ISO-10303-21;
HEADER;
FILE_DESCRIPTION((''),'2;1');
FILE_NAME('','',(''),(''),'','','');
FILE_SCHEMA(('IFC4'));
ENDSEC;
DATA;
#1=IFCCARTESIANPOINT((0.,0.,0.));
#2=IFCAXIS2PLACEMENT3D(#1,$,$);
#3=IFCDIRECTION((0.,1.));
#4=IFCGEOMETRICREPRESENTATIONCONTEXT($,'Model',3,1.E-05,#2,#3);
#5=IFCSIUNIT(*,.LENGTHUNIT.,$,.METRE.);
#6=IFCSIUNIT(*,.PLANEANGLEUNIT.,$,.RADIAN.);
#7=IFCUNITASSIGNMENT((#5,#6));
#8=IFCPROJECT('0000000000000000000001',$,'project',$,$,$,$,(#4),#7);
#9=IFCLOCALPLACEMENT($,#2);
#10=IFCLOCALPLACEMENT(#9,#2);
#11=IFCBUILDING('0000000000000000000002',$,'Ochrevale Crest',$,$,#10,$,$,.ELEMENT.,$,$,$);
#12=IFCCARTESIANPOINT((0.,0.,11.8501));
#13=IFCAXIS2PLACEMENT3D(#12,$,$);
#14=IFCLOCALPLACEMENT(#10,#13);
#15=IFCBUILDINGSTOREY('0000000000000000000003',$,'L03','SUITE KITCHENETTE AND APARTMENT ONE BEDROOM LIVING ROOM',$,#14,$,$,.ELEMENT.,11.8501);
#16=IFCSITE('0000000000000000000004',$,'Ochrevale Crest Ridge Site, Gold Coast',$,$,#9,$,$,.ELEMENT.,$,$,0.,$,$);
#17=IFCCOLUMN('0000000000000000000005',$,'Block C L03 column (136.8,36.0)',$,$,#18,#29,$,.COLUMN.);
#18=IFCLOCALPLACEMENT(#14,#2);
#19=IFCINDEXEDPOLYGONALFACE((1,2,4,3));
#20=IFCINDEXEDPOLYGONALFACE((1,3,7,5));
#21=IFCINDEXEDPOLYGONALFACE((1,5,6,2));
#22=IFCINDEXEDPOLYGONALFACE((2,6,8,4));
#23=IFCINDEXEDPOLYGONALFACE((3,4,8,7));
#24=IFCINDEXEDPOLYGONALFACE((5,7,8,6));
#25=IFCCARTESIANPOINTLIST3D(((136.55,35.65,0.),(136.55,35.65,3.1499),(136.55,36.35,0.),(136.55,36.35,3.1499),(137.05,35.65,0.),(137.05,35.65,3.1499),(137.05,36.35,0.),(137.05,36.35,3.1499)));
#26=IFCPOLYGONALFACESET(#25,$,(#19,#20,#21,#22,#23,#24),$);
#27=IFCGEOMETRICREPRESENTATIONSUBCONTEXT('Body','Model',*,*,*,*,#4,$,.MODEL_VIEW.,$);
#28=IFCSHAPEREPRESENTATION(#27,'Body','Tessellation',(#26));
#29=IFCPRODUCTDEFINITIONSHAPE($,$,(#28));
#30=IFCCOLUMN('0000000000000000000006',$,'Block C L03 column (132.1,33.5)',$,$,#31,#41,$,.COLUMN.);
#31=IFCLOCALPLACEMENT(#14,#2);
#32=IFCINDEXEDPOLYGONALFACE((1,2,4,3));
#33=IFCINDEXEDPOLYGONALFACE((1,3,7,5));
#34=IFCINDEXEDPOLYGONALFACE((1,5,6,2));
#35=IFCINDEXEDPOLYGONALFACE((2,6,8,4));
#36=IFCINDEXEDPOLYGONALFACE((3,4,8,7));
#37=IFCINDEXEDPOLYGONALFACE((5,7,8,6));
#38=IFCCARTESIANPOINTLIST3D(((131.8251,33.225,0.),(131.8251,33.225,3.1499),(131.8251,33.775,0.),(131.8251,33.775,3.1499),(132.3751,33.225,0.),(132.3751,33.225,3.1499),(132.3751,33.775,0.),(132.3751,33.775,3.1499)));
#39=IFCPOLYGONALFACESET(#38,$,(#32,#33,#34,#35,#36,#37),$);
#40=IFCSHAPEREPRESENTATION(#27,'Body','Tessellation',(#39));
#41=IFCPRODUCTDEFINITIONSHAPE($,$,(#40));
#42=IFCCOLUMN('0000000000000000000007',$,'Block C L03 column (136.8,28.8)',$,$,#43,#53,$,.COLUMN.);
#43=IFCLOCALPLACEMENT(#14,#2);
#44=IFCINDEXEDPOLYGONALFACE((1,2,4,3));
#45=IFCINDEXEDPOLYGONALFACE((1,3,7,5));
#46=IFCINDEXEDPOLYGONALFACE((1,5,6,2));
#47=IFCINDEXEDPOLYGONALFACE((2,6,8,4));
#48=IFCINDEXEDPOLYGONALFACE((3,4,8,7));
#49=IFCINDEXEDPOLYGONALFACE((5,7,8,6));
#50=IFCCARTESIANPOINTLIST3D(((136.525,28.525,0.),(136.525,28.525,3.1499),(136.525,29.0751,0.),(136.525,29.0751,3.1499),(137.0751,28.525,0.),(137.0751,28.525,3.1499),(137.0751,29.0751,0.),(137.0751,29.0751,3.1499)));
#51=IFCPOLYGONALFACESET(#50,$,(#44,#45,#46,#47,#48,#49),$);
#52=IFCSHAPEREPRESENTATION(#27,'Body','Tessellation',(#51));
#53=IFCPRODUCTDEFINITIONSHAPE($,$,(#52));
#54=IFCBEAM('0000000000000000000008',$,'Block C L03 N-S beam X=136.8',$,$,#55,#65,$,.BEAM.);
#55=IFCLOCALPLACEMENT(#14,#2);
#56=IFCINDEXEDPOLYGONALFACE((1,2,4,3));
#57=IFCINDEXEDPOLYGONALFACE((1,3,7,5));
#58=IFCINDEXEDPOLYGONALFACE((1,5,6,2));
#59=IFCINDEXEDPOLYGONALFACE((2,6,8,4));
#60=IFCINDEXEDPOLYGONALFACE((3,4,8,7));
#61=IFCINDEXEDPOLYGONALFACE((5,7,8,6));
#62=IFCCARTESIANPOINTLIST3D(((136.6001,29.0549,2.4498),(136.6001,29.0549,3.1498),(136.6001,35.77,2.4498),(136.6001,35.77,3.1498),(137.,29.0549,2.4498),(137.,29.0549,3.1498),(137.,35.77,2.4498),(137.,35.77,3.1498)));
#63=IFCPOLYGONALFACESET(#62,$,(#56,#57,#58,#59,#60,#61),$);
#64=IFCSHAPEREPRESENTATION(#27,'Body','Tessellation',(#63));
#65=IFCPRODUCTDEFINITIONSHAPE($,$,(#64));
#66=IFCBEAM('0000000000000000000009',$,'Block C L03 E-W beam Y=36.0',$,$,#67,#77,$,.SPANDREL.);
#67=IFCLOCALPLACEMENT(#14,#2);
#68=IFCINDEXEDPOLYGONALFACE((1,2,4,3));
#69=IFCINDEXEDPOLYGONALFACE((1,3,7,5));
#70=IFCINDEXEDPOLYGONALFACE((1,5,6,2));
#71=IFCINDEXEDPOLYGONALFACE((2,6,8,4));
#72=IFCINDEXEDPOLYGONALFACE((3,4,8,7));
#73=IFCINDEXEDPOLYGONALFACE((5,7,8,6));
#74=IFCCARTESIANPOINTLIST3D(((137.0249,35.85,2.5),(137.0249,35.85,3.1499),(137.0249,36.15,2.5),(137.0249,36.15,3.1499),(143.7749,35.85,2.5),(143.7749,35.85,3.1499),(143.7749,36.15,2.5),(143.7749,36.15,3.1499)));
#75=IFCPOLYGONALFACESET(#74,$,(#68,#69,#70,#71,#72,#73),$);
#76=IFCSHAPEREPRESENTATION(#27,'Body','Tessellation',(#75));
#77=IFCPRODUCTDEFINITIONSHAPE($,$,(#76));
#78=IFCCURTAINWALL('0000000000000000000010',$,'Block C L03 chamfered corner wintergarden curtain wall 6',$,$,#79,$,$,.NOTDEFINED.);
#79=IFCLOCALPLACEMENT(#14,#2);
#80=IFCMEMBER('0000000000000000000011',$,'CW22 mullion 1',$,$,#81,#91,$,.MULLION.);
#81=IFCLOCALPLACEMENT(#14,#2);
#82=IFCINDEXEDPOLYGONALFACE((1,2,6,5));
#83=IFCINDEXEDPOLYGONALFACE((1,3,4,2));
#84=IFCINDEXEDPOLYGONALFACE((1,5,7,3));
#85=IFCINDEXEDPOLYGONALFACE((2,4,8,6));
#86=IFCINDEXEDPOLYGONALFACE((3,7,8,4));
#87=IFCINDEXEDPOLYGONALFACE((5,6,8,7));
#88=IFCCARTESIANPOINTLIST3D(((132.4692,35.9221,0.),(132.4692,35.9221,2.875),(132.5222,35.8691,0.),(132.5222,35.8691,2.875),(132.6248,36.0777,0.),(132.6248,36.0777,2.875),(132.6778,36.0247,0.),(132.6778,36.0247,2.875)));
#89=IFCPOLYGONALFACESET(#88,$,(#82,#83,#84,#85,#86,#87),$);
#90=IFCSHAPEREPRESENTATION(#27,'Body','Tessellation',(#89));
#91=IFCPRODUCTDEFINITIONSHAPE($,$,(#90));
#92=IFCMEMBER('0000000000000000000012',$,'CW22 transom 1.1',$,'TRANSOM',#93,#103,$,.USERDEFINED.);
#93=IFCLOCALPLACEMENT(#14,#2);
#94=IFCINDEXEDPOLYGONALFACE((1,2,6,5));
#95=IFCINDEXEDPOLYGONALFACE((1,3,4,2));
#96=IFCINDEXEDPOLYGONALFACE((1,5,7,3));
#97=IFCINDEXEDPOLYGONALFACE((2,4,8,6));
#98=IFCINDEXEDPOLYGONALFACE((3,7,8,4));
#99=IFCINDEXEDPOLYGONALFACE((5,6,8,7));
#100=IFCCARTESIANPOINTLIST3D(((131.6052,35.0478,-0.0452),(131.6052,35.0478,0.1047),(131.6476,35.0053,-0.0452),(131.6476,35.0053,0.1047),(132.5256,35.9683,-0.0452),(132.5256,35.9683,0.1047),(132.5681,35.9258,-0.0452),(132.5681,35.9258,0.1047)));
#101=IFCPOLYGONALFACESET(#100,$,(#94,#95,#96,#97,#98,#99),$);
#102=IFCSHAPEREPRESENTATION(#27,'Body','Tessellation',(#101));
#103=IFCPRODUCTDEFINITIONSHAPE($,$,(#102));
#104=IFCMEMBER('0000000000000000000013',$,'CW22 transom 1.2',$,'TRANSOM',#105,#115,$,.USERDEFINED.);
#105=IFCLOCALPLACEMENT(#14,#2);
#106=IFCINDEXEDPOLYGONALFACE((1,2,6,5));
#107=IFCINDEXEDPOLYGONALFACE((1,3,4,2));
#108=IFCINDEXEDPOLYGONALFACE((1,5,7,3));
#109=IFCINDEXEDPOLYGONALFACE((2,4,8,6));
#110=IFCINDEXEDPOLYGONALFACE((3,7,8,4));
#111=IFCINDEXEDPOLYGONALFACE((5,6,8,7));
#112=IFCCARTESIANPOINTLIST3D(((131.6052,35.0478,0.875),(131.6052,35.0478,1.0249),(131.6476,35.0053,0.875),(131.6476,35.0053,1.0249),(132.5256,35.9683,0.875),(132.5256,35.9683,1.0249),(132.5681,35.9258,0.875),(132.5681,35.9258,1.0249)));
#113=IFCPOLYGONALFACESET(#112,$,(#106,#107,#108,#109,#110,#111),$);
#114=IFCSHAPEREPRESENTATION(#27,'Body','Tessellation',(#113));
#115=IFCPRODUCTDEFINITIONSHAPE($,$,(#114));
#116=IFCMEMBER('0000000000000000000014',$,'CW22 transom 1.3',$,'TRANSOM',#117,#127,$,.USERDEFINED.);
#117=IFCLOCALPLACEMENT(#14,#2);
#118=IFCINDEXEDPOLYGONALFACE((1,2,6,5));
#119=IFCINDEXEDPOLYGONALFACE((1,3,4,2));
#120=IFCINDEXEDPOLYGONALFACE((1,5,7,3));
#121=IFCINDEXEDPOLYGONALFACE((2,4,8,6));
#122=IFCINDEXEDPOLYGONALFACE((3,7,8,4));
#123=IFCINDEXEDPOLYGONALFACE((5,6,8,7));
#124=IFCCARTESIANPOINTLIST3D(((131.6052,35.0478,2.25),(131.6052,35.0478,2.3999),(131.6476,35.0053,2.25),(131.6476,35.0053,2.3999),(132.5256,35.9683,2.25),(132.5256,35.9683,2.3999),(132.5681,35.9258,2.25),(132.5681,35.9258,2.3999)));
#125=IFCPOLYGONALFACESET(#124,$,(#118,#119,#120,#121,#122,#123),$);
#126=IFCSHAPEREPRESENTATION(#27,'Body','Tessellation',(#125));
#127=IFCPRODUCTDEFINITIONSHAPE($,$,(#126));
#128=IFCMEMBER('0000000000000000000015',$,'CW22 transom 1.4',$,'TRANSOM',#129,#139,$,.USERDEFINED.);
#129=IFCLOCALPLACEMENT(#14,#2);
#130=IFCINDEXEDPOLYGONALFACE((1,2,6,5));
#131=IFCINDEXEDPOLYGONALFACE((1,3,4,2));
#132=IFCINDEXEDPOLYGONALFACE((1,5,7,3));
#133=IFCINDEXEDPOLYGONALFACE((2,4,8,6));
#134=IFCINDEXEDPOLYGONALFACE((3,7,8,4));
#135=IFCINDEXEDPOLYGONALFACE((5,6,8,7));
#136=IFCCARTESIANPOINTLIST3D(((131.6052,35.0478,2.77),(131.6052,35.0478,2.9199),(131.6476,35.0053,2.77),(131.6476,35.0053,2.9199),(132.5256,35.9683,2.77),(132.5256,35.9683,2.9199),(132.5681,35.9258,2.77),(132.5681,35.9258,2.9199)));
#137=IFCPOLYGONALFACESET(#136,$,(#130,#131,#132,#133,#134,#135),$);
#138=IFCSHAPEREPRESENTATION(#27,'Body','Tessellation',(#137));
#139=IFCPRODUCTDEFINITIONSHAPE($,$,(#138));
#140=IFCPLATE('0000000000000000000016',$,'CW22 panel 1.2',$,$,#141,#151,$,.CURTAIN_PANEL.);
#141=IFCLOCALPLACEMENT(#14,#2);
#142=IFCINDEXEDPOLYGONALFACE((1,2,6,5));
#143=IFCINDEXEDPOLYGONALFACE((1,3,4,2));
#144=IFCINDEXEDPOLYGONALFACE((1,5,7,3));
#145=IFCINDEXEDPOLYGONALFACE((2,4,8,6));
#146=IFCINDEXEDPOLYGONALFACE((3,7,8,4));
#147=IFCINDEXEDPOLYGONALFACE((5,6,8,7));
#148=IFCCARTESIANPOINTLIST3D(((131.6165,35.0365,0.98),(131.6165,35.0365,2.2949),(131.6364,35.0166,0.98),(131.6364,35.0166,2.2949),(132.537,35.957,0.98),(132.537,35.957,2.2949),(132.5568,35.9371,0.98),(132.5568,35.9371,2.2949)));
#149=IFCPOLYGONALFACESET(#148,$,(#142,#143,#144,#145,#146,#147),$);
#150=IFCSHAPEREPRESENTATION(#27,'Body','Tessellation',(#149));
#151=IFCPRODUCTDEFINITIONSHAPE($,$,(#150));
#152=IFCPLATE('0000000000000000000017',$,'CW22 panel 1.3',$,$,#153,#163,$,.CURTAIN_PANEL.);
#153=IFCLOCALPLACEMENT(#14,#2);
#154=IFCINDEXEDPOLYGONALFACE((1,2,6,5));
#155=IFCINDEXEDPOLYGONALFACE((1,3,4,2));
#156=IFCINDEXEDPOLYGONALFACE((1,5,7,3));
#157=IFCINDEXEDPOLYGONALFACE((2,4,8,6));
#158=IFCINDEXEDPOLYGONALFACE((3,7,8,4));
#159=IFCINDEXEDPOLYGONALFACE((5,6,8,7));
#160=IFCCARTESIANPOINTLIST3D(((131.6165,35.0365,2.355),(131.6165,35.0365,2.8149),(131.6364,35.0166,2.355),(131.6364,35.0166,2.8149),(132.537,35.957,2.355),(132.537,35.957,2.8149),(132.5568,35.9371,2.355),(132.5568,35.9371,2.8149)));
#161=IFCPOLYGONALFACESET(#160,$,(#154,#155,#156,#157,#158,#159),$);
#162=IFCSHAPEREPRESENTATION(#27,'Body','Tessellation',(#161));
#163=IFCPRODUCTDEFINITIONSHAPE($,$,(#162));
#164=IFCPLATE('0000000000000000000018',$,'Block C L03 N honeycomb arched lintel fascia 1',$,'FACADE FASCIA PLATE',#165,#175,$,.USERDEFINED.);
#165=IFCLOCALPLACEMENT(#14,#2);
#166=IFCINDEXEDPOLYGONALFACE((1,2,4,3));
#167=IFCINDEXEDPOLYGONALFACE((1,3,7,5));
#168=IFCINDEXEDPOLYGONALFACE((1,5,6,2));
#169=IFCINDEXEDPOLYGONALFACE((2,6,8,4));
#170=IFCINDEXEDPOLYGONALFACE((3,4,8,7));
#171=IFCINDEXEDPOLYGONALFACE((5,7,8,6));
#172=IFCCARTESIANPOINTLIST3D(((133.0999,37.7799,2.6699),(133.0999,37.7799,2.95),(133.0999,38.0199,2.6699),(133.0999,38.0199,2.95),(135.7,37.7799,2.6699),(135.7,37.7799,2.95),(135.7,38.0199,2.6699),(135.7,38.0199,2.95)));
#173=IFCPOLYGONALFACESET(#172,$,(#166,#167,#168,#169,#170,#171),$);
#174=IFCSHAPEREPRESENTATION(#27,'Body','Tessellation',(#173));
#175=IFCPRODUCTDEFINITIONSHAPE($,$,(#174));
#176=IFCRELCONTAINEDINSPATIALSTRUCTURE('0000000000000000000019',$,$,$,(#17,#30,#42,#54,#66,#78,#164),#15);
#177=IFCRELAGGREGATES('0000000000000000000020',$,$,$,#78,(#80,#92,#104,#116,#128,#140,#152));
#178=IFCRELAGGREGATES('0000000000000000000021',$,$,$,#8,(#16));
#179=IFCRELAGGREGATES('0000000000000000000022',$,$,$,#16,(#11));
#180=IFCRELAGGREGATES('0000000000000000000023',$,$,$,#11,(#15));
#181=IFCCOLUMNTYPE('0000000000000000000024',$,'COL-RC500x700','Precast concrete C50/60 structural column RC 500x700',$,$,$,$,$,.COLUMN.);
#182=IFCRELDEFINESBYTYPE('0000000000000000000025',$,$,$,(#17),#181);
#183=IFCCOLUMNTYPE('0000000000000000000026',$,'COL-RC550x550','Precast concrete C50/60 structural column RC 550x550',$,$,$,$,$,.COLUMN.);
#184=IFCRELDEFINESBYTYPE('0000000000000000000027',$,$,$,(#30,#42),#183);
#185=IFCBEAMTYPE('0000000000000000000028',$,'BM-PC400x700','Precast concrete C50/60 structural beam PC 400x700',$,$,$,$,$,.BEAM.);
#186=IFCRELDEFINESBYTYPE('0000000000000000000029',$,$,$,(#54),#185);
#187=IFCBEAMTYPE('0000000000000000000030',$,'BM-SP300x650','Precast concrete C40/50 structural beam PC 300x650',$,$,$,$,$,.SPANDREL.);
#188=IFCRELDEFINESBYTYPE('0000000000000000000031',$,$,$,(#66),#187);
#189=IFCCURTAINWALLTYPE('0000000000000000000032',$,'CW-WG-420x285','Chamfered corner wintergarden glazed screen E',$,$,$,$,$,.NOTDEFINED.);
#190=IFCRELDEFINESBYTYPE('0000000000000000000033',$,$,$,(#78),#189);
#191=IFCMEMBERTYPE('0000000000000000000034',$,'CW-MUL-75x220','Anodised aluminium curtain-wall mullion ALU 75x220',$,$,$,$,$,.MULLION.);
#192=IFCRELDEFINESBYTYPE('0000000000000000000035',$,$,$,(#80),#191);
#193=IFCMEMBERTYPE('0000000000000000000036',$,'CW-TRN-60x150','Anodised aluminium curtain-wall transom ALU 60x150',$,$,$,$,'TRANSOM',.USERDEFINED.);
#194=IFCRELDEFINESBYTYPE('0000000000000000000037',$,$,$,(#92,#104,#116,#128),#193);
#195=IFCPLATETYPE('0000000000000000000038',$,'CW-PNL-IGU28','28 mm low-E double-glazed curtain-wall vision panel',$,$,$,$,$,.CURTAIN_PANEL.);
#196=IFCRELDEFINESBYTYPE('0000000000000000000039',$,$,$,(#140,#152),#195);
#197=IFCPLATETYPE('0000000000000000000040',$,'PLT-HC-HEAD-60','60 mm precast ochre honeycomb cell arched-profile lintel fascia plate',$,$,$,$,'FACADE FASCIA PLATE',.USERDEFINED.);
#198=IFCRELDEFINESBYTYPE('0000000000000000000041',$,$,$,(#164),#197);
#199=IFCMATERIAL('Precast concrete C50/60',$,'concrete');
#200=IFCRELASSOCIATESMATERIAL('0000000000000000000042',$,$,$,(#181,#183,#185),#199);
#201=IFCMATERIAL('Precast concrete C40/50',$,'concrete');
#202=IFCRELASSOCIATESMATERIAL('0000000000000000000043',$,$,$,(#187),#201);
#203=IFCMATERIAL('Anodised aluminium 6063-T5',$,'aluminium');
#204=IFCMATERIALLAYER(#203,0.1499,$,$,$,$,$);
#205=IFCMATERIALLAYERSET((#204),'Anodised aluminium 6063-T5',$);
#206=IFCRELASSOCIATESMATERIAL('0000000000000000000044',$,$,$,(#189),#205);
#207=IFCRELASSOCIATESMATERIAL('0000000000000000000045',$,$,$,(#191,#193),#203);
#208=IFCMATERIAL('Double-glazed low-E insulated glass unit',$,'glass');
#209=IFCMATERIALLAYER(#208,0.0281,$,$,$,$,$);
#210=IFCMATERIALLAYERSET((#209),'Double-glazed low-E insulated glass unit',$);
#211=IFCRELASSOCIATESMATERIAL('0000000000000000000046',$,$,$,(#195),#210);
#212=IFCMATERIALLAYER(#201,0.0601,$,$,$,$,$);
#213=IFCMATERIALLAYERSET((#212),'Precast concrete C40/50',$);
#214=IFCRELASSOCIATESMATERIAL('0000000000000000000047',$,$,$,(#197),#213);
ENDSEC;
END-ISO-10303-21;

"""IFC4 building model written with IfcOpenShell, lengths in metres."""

from ifc_helpers import new_model, si_unit, direction, frame, origin, origin_2d, place, context, subcontext, project, spatial, rectangle, extrude, material, layer, layer_set, material_profile, profile_set, type_object, element, aggregate, save


model = new_model("IFC4")

# Units and contexts
model_context = context("Model", 3, precision=1e-05, world=origin(), true_north=direction((0.0, 1.0)))
body_context = subcontext(model_context, "Body", "Model", "MODEL_VIEW")
ifc_project = project(units=[si_unit("LENGTHUNIT", "METRE"), si_unit("PLANEANGLEUNIT", "RADIAN")], contexts=[model_context])

# Site, building, storey
site_placement = place(None, origin())
site = spatial("IfcSite", under=ifc_project, at=site_placement, Name="Ochrevale Crest Ridge Site, Gold Coast", CompositionType="ELEMENT", RefElevation=0.0)
building_placement = place(site_placement, origin())
building = spatial("IfcBuilding", under=site, at=building_placement, Name="Ochrevale Crest", CompositionType="ELEMENT")
storey_placement = place(building_placement, frame((0.0, 0.0, 11.8501)))
storey = spatial("IfcBuildingStorey", under=building, at=storey_placement, Name="L03", Description="SUITE KITCHENETTE AND APARTMENT ONE BEDROOM LIVING ROOM", CompositionType="ELEMENT", Elevation=11.8501)

# Columns
ifc_material_1 = material(Name="Precast concrete C50/60", Category="concrete")
ifc_material_profile_1 = material_profile(ifc_material_1, rectangle(XDim=0.5, YDim=0.7, at=origin_2d()), Name="RC 500x700")
ifc_profile_set_1 = profile_set([ifc_material_profile_1], Name="Precast concrete C50/60")
column_type_1 = type_object("IfcColumnType", Name="COL-RC500x700", Description="Precast concrete C50/60 structural column RC 500x700", PredefinedType="COLUMN", material=ifc_profile_set_1)
column_placement = place(storey_placement, frame((136.8, 36.0, 0.0), z_axis=(0.0, 0.0, 1.0), x_axis=(1.0, 0.0, 0.0)))
element("IfcColumn", 1, at=column_placement, inside=storey, type_object=column_type_1, Name="Block C L03 column (136.8,36.0)", PredefinedType="COLUMN", context=body_context, shape_type="SweptSolid", body=[
    extrude(rectangle(XDim=0.5, YDim=0.7, at=origin_2d()), origin(), (0.0, 0.0, 1.0), 3.1499),
])
ifc_material_profile_2 = material_profile(ifc_material_1, rectangle(XDim=0.55, YDim=0.55, at=origin_2d()), Name="RC 550x550")
ifc_profile_set_2 = profile_set([ifc_material_profile_2], Name="Precast concrete C50/60")
column_type_2 = type_object("IfcColumnType", Name="COL-RC550x550", Description="Precast concrete C50/60 structural column RC 550x550", PredefinedType="COLUMN", material=ifc_profile_set_2)
for number, where, z_axis, x_axis, name in (
    (2, (132.1001, 33.5, 0.0), (0.0, 0.0, 1.0), (1.0, 0.0, 0.0), "Block C L03 column (132.1,33.5)"),
    (3, (136.8, 28.8, 0.0), (0.0, 0.0, 1.0), (1.0, 0.0, 0.0), "Block C L03 column (136.8,28.8)"),
):
    element("IfcColumn", number, at=place(storey_placement, frame(where, z_axis=z_axis, x_axis=x_axis)), inside=storey, type_object=column_type_2, Name=name, PredefinedType="COLUMN", context=body_context, shape_type="SweptSolid", body=[
        extrude(rectangle(XDim=0.55, YDim=0.55, at=origin_2d()), origin(), (0.0, 0.0, 1.0), 3.1499),
    ])

# Beams
ifc_material_profile_3 = material_profile(ifc_material_1, rectangle(XDim=0.3999, YDim=0.7, at=origin_2d()), Name="PC 400x700")
ifc_profile_set_3 = profile_set([ifc_material_profile_3], Name="Precast concrete C50/60")
beam_type_1 = type_object("IfcBeamType", Name="BM-PC400x700", Description="Precast concrete C50/60 structural beam PC 400x700", PredefinedType="BEAM", material=ifc_profile_set_3)
beam_1_placement = place(storey_placement, frame((136.8, 29.0549, 2.7998), z_axis=(0.0, 1.0, 0.0), x_axis=(-1.0, 0.0, 0.0)))
element("IfcBeam", 4, at=beam_1_placement, inside=storey, type_object=beam_type_1, Name="Block C L03 N-S beam X=136.8", PredefinedType="BEAM", context=body_context, shape_type="SweptSolid", body=[
    extrude(rectangle(XDim=0.3999, YDim=0.7, at=origin_2d()), origin(), (0.0, 0.0, 1.0), 6.7151),
])
ifc_material_2 = material(Name="Precast concrete C40/50", Category="concrete")
ifc_material_profile_4 = material_profile(ifc_material_2, rectangle(XDim=0.3, YDim=0.6499, at=origin_2d()), Name="PC 300x650")
ifc_profile_set_4 = profile_set([ifc_material_profile_4], Name="Precast concrete C40/50")
beam_type_2 = type_object("IfcBeamType", Name="BM-SP300x650", Description="Precast concrete C40/50 structural beam PC 300x650", PredefinedType="SPANDREL", material=ifc_profile_set_4)
beam_2_placement = place(storey_placement, frame((137.0249, 36.0, 2.825), z_axis=(1.0, 0.0, 0.0), x_axis=(0.0, 1.0, 0.0)))
element("IfcBeam", 5, at=beam_2_placement, inside=storey, type_object=beam_type_2, Name="Block C L03 E-W beam Y=36.0", PredefinedType="SPANDREL", context=body_context, shape_type="SweptSolid", body=[
    extrude(rectangle(XDim=0.3, YDim=0.6499, at=origin_2d()), origin(), (0.0, 0.0, 1.0), 6.75),
])

# Curtain wall, members, plates
ifc_material_3 = material(Name="Anodised aluminium 6063-T5", Category="aluminium")
ifc_layer_1 = layer(ifc_material_3, 0.1499)
ifc_layer_set_1 = layer_set([ifc_layer_1], Name="Anodised aluminium 6063-T5")
curtain_wall_type = type_object("IfcCurtainWallType", Name="CW-WG-420x285", Description="Chamfered corner wintergarden glazed screen E", PredefinedType="NOTDEFINED", material=ifc_layer_set_1)
curtain_wall_placement = place(storey_placement, origin())
curtain_wall = element("IfcCurtainWall", 6, at=curtain_wall_placement, inside=storey, type_object=curtain_wall_type, Name="Block C L03 chamfered corner wintergarden curtain wall 6", PredefinedType="NOTDEFINED")
ifc_material_profile_5 = material_profile(ifc_material_3, rectangle(XDim=0.075, YDim=0.22, at=origin_2d()), Name="ALU 75x220")
ifc_profile_set_5 = profile_set([ifc_material_profile_5], Name="Anodised aluminium 6063-T5")
member_type_1 = type_object("IfcMemberType", Name="CW-MUL-75x220", Description="Anodised aluminium curtain-wall mullion ALU 75x220", PredefinedType="MULLION", material=ifc_profile_set_5)
member_1_placement = place(storey_placement, frame((132.5735, 35.9734, 0.0), z_axis=(0.0, 0.0, 1.0), x_axis=(0.707107, -0.707107, 0.0)))
member_1 = element("IfcMember", 7, at=member_1_placement, type_object=member_type_1, Name="CW22 mullion 1", PredefinedType="MULLION", context=body_context, shape_type="SweptSolid", body=[
    extrude(rectangle(XDim=0.075, YDim=0.22, at=origin_2d()), origin(), (0.0, 0.0, 1.0), 2.875),
])
ifc_material_profile_6 = material_profile(ifc_material_3, rectangle(XDim=0.0601, YDim=0.1499, at=origin_2d()), Name="ALU 60x150")
ifc_profile_set_6 = profile_set([ifc_material_profile_6], Name="Anodised aluminium 6063-T5")
member_type_2 = type_object("IfcMemberType", Name="CW-TRN-60x150", Description="Anodised aluminium curtain-wall transom ALU 60x150", ElementType="TRANSOM", PredefinedType="USERDEFINED", material=ifc_profile_set_6)
member_2_placement = place(storey_placement, frame((132.5469, 35.947, 0.0298), z_axis=(-0.707107, -0.707107, 0.0), x_axis=(0.707107, -0.707107, 0.0)))
member_2 = element("IfcMember", 8, at=member_2_placement, type_object=member_type_2, Name="CW22 transom 1.1", ObjectType="TRANSOM", PredefinedType="USERDEFINED", context=body_context, shape_type="SweptSolid", body=[
    extrude(rectangle(XDim=0.0601, YDim=0.1499, at=origin_2d()), origin(), (0.0, 0.0, 1.0), 1.3018),
])
member_3_placement = place(storey_placement, frame((132.5469, 35.947, 0.95), z_axis=(-0.707107, -0.707107, 0.0), x_axis=(0.707107, -0.707107, 0.0)))
member_3 = element("IfcMember", 9, at=member_3_placement, type_object=member_type_2, Name="CW22 transom 1.2", ObjectType="TRANSOM", PredefinedType="USERDEFINED", context=body_context, shape_type="SweptSolid", body=[
    extrude(rectangle(XDim=0.0601, YDim=0.1499, at=origin_2d()), origin(), (0.0, 0.0, 1.0), 1.3018),
])
member_4_placement = place(storey_placement, frame((132.5469, 35.947, 2.325), z_axis=(-0.707107, -0.707107, 0.0), x_axis=(0.707107, -0.707107, 0.0)))
member_4 = element("IfcMember", 10, at=member_4_placement, type_object=member_type_2, Name="CW22 transom 1.3", ObjectType="TRANSOM", PredefinedType="USERDEFINED", context=body_context, shape_type="SweptSolid", body=[
    extrude(rectangle(XDim=0.0601, YDim=0.1499, at=origin_2d()), origin(), (0.0, 0.0, 1.0), 1.3018),
])
member_5_placement = place(storey_placement, frame((132.5469, 35.947, 2.845), z_axis=(-0.707107, -0.707107, 0.0), x_axis=(0.707107, -0.707107, 0.0)))
member_5 = element("IfcMember", 11, at=member_5_placement, type_object=member_type_2, Name="CW22 transom 1.4", ObjectType="TRANSOM", PredefinedType="USERDEFINED", context=body_context, shape_type="SweptSolid", body=[
    extrude(rectangle(XDim=0.0601, YDim=0.1499, at=origin_2d()), origin(), (0.0, 0.0, 1.0), 1.3018),
])
ifc_material_4 = material(Name="Double-glazed low-E insulated glass unit", Category="glass")
ifc_layer_2 = layer(ifc_material_4, 0.0281)
ifc_layer_set_2 = layer_set([ifc_layer_2], Name="Double-glazed low-E insulated glass unit")
plate_type_1 = type_object("IfcPlateType", Name="CW-PNL-IGU28", Description="28 mm low-E double-glazed curtain-wall vision panel", PredefinedType="CURTAIN_PANEL", material=ifc_layer_set_2)
plate_1_placement = place(storey_placement, frame((132.0867, 35.4868, 0.98), z_axis=(0.0, 0.0, 1.0), x_axis=(-0.707107, -0.707107, 0.0)))
plate_1 = element("IfcPlate", 12, at=plate_1_placement, type_object=plate_type_1, Name="CW22 panel 1.2", PredefinedType="CURTAIN_PANEL", context=body_context, shape_type="SweptSolid", body=[
    extrude(rectangle(XDim=1.3018, YDim=0.0281, at=origin_2d()), origin(), (0.0, 0.0, 1.0), 1.3149),
])
plate_2_placement = place(storey_placement, frame((132.0867, 35.4868, 2.355), z_axis=(0.0, 0.0, 1.0), x_axis=(-0.707107, -0.707107, 0.0)))
plate_2 = element("IfcPlate", 13, at=plate_2_placement, type_object=plate_type_1, Name="CW22 panel 1.3", PredefinedType="CURTAIN_PANEL", context=body_context, shape_type="SweptSolid", body=[
    extrude(rectangle(XDim=1.3018, YDim=0.0281, at=origin_2d()), origin(), (0.0, 0.0, 1.0), 0.46),
])
aggregate(curtain_wall, [member_1, member_2, member_3, member_4, member_5, plate_1, plate_2])

# Plate
ifc_layer_3 = layer(ifc_material_2, 0.0601)
ifc_layer_set_3 = layer_set([ifc_layer_3], Name="Precast concrete C40/50")
plate_type_2 = type_object("IfcPlateType", Name="PLT-HC-HEAD-60", Description="60 mm precast ochre honeycomb cell arched-profile lintel fascia plate", ElementType="FACADE FASCIA PLATE", PredefinedType="USERDEFINED", material=ifc_layer_set_3)
for number, where, z_axis, x_axis, name in (
    (14, (134.3999, 37.8999, 2.6699), (0.0, 0.0, 1.0), (1.0, 0.0, 0.0), "Block C L03 N honeycomb arched lintel fascia 1"),
):
    element("IfcPlate", number, at=place(storey_placement, frame(where, z_axis=z_axis, x_axis=x_axis)), inside=storey, type_object=plate_type_2, Name=name, ObjectType="FACADE FASCIA PLATE", PredefinedType="USERDEFINED", context=body_context, shape_type="SweptSolid", body=[
        extrude(rectangle(XDim=2.6001, YDim=0.24, at=origin_2d()), origin(), (0.0, 0.0, 1.0), 0.28),
    ])

save(model, "model.ifc")
